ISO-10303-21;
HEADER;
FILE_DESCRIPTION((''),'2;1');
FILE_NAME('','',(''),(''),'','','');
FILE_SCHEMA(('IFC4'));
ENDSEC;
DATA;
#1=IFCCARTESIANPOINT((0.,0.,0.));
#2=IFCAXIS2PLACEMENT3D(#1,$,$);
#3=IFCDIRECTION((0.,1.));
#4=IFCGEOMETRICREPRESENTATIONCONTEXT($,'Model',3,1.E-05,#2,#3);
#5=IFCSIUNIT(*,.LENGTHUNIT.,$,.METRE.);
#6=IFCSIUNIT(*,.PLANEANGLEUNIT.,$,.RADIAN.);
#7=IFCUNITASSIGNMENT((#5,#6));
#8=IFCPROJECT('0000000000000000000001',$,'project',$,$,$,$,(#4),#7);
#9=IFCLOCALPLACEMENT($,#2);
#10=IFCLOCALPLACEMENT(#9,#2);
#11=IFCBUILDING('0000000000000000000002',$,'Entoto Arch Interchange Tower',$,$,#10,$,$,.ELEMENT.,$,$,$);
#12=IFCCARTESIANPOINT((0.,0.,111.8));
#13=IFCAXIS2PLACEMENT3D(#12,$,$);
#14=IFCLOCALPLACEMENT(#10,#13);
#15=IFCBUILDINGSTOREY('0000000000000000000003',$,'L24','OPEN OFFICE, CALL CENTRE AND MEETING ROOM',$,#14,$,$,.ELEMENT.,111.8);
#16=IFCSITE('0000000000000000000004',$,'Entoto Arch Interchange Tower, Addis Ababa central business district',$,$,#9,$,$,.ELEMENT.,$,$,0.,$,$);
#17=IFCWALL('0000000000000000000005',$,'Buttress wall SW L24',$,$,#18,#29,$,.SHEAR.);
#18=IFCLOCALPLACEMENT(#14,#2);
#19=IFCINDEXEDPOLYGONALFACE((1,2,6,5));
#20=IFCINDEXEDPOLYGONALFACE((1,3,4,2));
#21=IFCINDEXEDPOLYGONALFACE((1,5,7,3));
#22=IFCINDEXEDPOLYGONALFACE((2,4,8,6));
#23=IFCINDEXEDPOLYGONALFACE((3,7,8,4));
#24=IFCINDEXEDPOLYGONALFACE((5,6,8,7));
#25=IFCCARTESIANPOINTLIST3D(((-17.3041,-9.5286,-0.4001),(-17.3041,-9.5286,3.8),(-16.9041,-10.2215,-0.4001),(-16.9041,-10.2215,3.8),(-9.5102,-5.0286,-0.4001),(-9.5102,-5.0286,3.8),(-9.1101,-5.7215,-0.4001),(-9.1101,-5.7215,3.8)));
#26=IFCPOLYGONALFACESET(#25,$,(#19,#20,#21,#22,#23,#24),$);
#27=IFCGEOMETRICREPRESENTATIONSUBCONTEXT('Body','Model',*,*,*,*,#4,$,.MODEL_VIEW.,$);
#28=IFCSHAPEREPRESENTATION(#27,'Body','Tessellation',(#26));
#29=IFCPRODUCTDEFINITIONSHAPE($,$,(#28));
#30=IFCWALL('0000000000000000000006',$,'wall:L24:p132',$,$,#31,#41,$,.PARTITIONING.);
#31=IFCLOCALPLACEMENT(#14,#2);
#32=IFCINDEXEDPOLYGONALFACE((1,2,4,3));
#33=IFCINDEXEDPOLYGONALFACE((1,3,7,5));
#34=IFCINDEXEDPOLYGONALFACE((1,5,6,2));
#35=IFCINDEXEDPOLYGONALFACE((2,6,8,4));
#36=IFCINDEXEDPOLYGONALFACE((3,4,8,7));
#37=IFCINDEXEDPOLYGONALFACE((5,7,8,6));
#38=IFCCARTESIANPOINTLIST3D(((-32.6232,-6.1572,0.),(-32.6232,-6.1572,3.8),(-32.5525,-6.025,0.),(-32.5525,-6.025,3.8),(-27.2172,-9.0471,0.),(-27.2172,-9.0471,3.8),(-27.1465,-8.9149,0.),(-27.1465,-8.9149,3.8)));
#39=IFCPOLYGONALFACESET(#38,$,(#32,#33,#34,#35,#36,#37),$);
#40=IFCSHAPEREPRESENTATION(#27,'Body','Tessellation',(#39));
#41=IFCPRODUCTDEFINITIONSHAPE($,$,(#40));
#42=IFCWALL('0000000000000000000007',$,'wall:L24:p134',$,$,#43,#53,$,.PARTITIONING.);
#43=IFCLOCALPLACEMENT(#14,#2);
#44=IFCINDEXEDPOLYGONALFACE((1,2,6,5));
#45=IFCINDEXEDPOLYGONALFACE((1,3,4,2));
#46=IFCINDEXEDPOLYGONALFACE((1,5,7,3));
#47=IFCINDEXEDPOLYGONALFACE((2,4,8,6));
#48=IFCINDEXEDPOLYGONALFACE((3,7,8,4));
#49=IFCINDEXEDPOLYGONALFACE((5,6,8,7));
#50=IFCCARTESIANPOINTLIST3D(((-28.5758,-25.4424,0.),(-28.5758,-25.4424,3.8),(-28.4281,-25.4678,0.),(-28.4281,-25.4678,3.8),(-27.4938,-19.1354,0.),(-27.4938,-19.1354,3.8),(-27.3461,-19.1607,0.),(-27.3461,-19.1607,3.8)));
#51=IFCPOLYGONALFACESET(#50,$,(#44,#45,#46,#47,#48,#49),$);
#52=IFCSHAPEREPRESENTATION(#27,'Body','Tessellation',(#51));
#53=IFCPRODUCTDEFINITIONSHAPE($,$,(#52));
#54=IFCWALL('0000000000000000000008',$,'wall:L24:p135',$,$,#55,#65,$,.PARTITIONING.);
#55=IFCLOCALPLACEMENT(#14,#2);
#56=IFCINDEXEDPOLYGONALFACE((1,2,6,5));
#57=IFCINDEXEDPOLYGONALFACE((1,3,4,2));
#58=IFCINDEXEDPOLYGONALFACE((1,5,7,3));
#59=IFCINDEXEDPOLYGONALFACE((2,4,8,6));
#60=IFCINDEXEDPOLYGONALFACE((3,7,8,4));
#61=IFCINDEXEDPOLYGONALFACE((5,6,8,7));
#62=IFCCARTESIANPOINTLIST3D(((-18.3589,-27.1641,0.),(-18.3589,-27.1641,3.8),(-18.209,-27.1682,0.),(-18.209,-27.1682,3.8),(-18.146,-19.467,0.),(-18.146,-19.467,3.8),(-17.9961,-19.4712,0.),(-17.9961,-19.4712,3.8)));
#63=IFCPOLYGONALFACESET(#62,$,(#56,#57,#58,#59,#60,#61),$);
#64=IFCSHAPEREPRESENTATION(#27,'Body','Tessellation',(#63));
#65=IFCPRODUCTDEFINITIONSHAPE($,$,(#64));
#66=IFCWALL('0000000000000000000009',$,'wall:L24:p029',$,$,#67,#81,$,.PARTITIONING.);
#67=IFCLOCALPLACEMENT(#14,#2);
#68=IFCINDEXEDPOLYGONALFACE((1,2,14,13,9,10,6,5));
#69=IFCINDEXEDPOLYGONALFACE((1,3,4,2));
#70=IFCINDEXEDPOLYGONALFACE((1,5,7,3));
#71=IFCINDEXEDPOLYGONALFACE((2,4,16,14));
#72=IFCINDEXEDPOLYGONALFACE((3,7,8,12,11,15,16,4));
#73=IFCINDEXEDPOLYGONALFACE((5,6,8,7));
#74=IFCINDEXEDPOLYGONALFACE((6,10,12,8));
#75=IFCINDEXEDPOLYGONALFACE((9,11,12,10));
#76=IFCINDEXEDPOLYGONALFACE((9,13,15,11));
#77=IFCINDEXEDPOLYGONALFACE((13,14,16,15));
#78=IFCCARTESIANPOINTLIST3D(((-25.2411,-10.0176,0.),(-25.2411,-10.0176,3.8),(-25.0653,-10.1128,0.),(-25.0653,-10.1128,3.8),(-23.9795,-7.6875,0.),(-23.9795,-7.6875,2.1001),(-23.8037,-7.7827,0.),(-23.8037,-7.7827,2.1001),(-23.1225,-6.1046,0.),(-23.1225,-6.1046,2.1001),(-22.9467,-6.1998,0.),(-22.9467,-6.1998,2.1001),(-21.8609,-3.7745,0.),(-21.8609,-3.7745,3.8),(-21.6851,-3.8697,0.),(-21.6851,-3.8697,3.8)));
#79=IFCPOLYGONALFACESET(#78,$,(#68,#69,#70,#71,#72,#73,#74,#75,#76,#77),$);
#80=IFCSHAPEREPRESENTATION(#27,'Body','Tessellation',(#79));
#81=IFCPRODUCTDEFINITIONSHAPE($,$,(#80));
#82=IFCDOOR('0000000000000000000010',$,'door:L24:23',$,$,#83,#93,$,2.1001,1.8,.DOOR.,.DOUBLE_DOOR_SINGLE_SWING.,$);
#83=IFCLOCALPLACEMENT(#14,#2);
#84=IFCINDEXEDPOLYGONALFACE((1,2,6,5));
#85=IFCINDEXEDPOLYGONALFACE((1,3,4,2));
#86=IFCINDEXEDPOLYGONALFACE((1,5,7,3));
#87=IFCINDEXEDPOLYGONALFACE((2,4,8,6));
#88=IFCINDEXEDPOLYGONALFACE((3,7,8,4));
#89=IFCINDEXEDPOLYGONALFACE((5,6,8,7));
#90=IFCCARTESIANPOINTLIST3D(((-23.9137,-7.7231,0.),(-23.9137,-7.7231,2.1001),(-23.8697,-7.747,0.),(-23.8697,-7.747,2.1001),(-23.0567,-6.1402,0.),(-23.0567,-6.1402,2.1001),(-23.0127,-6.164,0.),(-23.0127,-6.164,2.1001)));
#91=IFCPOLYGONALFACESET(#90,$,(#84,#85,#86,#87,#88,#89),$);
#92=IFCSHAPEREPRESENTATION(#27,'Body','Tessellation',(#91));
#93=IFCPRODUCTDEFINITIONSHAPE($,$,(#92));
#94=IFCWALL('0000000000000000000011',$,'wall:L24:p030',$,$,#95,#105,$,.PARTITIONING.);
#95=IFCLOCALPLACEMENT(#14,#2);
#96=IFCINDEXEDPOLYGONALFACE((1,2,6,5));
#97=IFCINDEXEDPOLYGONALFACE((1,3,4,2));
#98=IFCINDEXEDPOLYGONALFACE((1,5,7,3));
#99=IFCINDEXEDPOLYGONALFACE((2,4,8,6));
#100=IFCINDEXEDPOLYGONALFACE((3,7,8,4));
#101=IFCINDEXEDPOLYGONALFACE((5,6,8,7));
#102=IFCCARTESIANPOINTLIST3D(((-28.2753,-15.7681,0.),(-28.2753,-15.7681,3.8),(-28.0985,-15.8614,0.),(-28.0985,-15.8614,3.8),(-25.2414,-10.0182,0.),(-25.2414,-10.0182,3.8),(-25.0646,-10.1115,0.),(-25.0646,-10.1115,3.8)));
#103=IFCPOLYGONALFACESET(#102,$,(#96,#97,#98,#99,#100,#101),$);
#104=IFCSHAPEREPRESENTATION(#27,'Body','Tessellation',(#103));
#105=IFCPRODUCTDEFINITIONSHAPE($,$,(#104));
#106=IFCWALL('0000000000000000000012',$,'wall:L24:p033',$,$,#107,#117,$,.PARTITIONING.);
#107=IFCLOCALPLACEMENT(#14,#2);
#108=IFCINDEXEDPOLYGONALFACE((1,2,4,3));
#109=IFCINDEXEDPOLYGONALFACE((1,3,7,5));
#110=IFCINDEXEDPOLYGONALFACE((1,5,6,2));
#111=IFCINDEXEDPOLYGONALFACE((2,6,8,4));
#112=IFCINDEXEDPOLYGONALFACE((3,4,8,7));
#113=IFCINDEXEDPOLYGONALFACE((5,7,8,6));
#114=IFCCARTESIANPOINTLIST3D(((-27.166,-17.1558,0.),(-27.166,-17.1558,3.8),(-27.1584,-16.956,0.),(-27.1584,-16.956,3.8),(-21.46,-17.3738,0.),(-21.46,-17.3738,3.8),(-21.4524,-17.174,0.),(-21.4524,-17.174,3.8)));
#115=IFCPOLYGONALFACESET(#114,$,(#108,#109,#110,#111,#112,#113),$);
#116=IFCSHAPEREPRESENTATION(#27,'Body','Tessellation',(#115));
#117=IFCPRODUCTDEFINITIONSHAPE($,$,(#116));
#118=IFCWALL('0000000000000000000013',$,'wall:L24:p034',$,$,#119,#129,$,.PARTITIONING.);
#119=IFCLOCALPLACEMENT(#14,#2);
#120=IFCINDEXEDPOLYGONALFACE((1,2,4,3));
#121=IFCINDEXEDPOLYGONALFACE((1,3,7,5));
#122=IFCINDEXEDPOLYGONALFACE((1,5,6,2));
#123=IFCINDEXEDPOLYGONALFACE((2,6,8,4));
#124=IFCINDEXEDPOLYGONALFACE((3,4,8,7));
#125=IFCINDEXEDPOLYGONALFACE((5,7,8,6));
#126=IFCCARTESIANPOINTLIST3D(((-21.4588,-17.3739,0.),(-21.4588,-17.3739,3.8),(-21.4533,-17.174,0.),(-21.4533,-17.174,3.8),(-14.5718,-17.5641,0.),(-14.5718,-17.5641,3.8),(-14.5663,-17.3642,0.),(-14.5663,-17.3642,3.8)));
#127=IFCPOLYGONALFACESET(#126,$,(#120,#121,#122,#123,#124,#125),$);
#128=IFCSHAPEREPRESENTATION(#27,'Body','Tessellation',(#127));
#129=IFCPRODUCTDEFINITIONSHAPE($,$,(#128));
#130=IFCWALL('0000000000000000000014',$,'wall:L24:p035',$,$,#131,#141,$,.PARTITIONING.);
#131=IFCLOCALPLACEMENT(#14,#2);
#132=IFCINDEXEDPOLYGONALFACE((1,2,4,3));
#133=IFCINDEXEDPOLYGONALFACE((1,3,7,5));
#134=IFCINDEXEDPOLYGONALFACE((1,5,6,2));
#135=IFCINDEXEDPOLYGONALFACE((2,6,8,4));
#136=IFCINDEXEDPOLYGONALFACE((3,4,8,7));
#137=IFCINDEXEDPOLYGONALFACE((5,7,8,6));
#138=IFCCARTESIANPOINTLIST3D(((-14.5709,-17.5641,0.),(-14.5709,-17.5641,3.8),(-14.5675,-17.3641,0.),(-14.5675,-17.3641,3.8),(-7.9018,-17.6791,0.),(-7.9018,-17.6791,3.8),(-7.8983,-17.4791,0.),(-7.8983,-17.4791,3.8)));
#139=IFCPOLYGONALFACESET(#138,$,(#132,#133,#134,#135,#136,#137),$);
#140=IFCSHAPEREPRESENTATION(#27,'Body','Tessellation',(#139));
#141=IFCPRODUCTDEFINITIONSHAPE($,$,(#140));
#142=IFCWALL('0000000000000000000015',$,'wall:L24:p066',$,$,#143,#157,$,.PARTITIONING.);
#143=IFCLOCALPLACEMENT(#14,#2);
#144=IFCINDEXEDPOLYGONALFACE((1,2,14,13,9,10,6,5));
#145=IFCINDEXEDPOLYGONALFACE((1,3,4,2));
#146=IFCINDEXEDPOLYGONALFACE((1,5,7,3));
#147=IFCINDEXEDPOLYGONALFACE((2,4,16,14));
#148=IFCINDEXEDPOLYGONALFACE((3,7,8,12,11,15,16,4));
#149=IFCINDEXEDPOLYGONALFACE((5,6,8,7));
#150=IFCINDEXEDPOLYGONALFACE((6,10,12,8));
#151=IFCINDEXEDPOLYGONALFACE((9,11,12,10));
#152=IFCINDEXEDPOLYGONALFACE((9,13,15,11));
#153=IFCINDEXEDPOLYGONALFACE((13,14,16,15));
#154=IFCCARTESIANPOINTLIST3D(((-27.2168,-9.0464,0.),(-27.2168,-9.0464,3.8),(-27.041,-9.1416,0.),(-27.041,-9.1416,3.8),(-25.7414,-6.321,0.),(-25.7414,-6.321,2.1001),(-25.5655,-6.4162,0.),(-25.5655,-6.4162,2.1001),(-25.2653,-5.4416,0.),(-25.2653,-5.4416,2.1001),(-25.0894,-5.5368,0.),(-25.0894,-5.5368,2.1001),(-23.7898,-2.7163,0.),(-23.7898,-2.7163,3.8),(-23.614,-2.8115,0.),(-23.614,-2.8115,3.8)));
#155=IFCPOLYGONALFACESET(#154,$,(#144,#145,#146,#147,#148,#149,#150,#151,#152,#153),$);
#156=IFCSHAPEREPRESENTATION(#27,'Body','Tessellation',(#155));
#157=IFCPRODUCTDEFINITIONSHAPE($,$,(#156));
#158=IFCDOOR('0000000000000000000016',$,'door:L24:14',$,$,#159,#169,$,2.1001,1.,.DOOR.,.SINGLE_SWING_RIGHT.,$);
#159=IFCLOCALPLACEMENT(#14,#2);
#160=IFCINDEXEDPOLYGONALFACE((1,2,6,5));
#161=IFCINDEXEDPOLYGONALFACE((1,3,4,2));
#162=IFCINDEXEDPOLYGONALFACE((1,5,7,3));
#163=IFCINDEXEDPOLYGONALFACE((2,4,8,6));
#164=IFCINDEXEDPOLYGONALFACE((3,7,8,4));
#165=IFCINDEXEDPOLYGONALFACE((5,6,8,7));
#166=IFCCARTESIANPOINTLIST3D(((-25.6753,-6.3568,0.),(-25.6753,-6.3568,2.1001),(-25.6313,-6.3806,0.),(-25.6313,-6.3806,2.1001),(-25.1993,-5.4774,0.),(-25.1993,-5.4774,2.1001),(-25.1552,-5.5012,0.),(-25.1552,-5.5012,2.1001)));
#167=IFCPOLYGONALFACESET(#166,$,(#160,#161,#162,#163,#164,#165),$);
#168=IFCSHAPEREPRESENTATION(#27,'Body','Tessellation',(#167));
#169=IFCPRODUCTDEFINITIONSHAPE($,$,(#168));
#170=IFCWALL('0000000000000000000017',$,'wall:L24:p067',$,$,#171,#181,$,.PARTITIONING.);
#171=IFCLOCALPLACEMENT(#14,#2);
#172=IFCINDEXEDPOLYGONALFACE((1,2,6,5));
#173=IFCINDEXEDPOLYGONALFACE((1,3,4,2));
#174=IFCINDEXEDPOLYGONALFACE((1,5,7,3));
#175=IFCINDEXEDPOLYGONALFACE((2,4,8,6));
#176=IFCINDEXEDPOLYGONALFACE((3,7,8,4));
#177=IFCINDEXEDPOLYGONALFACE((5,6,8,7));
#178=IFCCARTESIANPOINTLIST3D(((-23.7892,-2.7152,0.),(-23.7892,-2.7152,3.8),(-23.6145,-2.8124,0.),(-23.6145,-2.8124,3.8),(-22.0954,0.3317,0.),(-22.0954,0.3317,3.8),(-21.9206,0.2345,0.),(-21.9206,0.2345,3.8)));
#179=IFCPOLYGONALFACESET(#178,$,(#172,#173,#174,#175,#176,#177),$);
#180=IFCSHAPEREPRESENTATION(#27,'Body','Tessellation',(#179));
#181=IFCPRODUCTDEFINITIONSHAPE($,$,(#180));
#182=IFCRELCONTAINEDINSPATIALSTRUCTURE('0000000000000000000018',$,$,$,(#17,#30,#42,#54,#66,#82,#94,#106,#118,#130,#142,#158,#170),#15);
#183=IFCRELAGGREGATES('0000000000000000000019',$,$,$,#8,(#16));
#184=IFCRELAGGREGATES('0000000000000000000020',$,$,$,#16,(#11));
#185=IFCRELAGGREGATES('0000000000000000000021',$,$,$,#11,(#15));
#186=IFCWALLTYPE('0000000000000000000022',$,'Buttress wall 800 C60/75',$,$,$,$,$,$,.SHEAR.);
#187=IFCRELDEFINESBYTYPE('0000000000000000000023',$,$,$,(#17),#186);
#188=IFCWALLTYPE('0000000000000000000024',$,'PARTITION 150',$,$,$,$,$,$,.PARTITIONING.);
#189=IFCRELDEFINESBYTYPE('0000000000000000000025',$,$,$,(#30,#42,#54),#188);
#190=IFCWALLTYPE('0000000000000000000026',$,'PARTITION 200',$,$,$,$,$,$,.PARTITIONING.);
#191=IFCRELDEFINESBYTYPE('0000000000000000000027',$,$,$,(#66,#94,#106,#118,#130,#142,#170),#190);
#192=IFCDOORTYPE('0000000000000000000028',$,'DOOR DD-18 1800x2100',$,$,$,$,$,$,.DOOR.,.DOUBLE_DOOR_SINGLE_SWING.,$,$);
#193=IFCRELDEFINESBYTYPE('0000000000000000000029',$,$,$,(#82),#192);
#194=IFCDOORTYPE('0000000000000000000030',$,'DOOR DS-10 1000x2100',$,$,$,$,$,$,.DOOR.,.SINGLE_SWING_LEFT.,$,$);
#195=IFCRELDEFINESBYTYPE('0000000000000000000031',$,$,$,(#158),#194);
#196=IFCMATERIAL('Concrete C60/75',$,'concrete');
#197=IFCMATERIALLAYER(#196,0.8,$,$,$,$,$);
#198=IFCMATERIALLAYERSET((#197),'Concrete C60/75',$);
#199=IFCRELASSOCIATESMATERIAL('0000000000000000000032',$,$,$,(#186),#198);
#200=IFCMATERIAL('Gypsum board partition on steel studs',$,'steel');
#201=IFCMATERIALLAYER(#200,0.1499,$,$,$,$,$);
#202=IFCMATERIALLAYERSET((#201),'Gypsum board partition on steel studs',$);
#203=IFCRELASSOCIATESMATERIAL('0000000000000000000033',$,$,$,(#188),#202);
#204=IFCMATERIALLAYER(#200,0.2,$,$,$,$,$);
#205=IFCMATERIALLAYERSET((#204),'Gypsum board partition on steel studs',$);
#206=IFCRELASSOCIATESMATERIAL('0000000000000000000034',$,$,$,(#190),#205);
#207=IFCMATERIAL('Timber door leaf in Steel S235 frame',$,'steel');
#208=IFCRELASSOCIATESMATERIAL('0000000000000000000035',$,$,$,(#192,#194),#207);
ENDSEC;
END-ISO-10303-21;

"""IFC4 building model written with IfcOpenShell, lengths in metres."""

from ifc_helpers import new_model, si_unit, direction, frame, frame_2d, origin, place, context, subcontext, project, spatial, rectangle, extrude, material, layer, layer_set, type_object, element, fill, save


model = new_model("IFC4")

# Units and contexts
model_context = context("Model", 3, precision=1e-05, world=origin(), true_north=direction((0.0, 1.0)))
body_context = subcontext(model_context, "Body", "Model", "MODEL_VIEW")
ifc_project = project(units=[si_unit("LENGTHUNIT", "METRE"), si_unit("PLANEANGLEUNIT", "RADIAN")], contexts=[model_context])

# Site, building, storey
site_placement = place(None, origin())
site = spatial("IfcSite", under=ifc_project, at=site_placement, Name="Entoto Arch Interchange Tower, Addis Ababa central business district", CompositionType="ELEMENT", RefElevation=0.0)
building_placement = place(site_placement, origin())
building = spatial("IfcBuilding", under=site, at=building_placement, Name="Entoto Arch Interchange Tower", CompositionType="ELEMENT")
storey_placement = place(building_placement, frame((0.0, 0.0, 111.8)))
storey = spatial("IfcBuildingStorey", under=building, at=storey_placement, Name="L24", Description="OPEN OFFICE, CALL CENTRE AND MEETING ROOM", CompositionType="ELEMENT", Elevation=111.8)

# Walls
ifc_material_1 = material(Name="Concrete C60/75", Category="concrete")
ifc_layer_1 = layer(ifc_material_1, 0.8)
ifc_layer_set_1 = layer_set([ifc_layer_1], Name="Concrete C60/75")
wall_type_1 = type_object("IfcWallType", Name="Buttress wall 800 C60/75", PredefinedType="SHEAR", material=ifc_layer_set_1)
wall_1_placement = place(storey_placement, frame((-9.3101, -5.375, -0.4001), z_axis=(0.0, 0.0, 1.0), x_axis=(-0.866018, -0.500014, 0.0)))
element("IfcWall", 1, at=wall_1_placement, inside=storey, type_object=wall_type_1, Name="Buttress wall SW L24", PredefinedType="SHEAR", context=body_context, shape_type="SweptSolid", body=[
    extrude(rectangle(XDim=8.9998, YDim=0.8, at=frame_2d((4.5, 0.0))), origin(), (0.0, 0.0, 1.0), 4.2002),
])
ifc_material_2 = material(Name="Gypsum board partition on steel studs", Category="steel")
ifc_layer_2 = layer(ifc_material_2, 0.1499)
ifc_layer_set_2 = layer_set([ifc_layer_2], Name="Gypsum board partition on steel studs")
wall_type_2 = type_object("IfcWallType", Name="PARTITION 150", PredefinedType="PARTITIONING", material=ifc_layer_set_2)
wall_2_placement = place(storey_placement, frame((-27.1819, -8.981, 0.0), z_axis=(0.0, 0.0, 1.0), x_axis=(-0.881899, 0.471438, 0.0)))
element("IfcWall", 2, at=wall_2_placement, inside=storey, type_object=wall_type_2, Name="wall:L24:p132", PredefinedType="PARTITIONING", context=body_context, shape_type="SweptSolid", body=[
    extrude(rectangle(XDim=6.1299, YDim=0.1499, at=frame_2d((3.0649, 0.0))), origin(), (0.0, 0.0, 1.0), 3.8),
])
wall_3_placement = place(storey_placement, frame((-27.4199, -19.1479, 0.0), z_axis=(0.0, 0.0, 1.0), x_axis=(-0.169087, -0.985601, 0.0)))
element("IfcWall", 3, at=wall_3_placement, inside=storey, type_object=wall_type_2, Name="wall:L24:p134", PredefinedType="PARTITIONING", context=body_context, shape_type="SweptSolid", body=[
    extrude(rectangle(XDim=6.3992, YDim=0.1499, at=frame_2d((3.1997, 0.0))), origin(), (0.0, 0.0, 1.0), 3.8),
])
wall_4_placement = place(storey_placement, frame((-18.071, -19.469, 0.0), z_axis=(0.0, 0.0, 1.0), x_axis=(-0.027648, -0.999618, 0.0)))
element("IfcWall", 4, at=wall_4_placement, inside=storey, type_object=wall_type_2, Name="wall:L24:p135", PredefinedType="PARTITIONING", context=body_context, shape_type="SweptSolid", body=[
    extrude(rectangle(XDim=7.7, YDim=0.1499, at=frame_2d((3.8501, 0.0))), origin(), (0.0, 0.0, 1.0), 3.8),
])

# Wall, opening, door
ifc_layer_3 = layer(ifc_material_2, 0.2)
ifc_layer_set_3 = layer_set([ifc_layer_3], Name="Gypsum board partition on steel studs")
wall_type_3 = type_object("IfcWallType", Name="PARTITION 200", PredefinedType="PARTITIONING", material=ifc_layer_set_3)
wall_5_placement = place(storey_placement, frame((-21.7729, -3.822, 0.0), z_axis=(0.0, 0.0, 1.0), x_axis=(-0.476125, -0.879378, 0.0)))
wall_5 = element("IfcWall", 5, at=wall_5_placement, inside=storey, type_object=wall_type_3, Name="wall:L24:p029", PredefinedType="PARTITIONING", context=body_context, shape_type="SweptSolid", body=[
    extrude(rectangle(XDim=7.0994, YDim=0.2, at=frame_2d((3.5498, 0.0))), origin(), (0.0, 0.0, 1.0), 3.8),
])
opening_1_placement = place(wall_5_placement, frame((2.6499, 0.0, 0.0)))
opening_1 = element("IfcOpeningElement", 6, at=opening_1_placement, cuts=wall_5, PredefinedType="OPENING", context=body_context, shape_type="SweptSolid", body=[
    extrude(rectangle(XDim=1.8, YDim=2.1001, at=frame_2d((0.8999, 1.05))), frame((0.0, 0.1099, 0.0), z_axis=(0.0, -1.0, 0.0), x_axis=(1.0, 0.0, 0.0)), (0.0, 0.0, 1.0), 0.22),
])
ifc_material_3 = material(Name="Timber door leaf in Steel S235 frame", Category="steel")
door_type_1 = type_object("IfcDoorType", Name="DOOR DD-18 1800x2100", OperationType="DOUBLE_DOOR_SINGLE_SWING", PredefinedType="DOOR", material=ifc_material_3)
door_1_placement = place(opening_1_placement, origin())
door_1 = element("IfcDoor", 7, at=door_1_placement, inside=storey, type_object=door_type_1, Name="door:L24:23", OperationType="DOUBLE_DOOR_SINGLE_SWING", OverallHeight=2.1001, OverallWidth=1.8, PredefinedType="DOOR", context=body_context, shape_type="SweptSolid", body=[
    extrude(rectangle(XDim=1.8, YDim=2.1001, at=frame_2d((0.8999, 1.05))), frame((0.0, 0.0249, 0.0), z_axis=(0.0, -1.0, 0.0), x_axis=(1.0, 0.0, 0.0)), (0.0, 0.0, 1.0), 0.05),
])
fill(opening_1, door_1)

# Walls
wall_6_placement = place(storey_placement, frame((-25.1531, -10.0649, 0.0), z_axis=(0.0, 0.0, 1.0), x_axis=(-0.466664, -0.884435, 0.0)))
element("IfcWall", 8, at=wall_6_placement, inside=storey, type_object=wall_type_3, Name="wall:L24:p030", PredefinedType="PARTITIONING", context=body_context, shape_type="SweptSolid", body=[
    extrude(rectangle(XDim=6.5012, YDim=0.2, at=frame_2d((3.2505, 0.0))), origin(), (0.0, 0.0, 1.0), 3.8),
])
wall_7_placement = place(storey_placement, frame((-27.1621, -17.0559, 0.0), z_axis=(0.0, 0.0, 1.0), x_axis=(0.999271, -0.03818, 0.0)))
element("IfcWall", 9, at=wall_7_placement, inside=storey, type_object=wall_type_3, Name="wall:L24:p033", PredefinedType="PARTITIONING", context=body_context, shape_type="SweptSolid", body=[
    extrude(rectangle(XDim=5.7102, YDim=0.2, at=frame_2d((2.855, 0.0))), origin(), (0.0, 0.0, 1.0), 3.8),
])
wall_8_placement = place(storey_placement, frame((-21.4561, -17.2739, 0.0), z_axis=(0.0, 0.0, 1.0), x_axis=(0.999619, -0.027605, 0.0)))
element("IfcWall", 10, at=wall_8_placement, inside=storey, type_object=wall_type_3, Name="wall:L24:p034", PredefinedType="PARTITIONING", context=body_context, shape_type="SweptSolid", body=[
    extrude(rectangle(XDim=6.8896, YDim=0.2, at=frame_2d((3.4448, 0.0))), origin(), (0.0, 0.0, 1.0), 3.8),
])
wall_9_placement = place(storey_placement, frame((-14.5691, -17.4641, 0.0), z_axis=(0.0, 0.0, 1.0), x_axis=(0.999851, -0.017239, 0.0)))
element("IfcWall", 11, at=wall_9_placement, inside=storey, type_object=wall_type_3, Name="wall:L24:p035", PredefinedType="PARTITIONING", context=body_context, shape_type="SweptSolid", body=[
    extrude(rectangle(XDim=6.6702, YDim=0.2, at=frame_2d((3.335, 0.0))), origin(), (0.0, 0.0, 1.0), 3.8),
])

# Wall, opening, door
wall_10_placement = place(storey_placement, frame((-27.1289, -9.094, 0.0), z_axis=(0.0, 0.0, 1.0), x_axis=(0.476091, 0.879396, 0.0)))
wall_10 = element("IfcWall", 12, at=wall_10_placement, inside=storey, type_object=wall_type_3, Name="wall:L24:p066", PredefinedType="PARTITIONING", context=body_context, shape_type="SweptSolid", body=[
    extrude(rectangle(XDim=7.1982, YDim=0.2, at=frame_2d((3.5991, 0.0))), origin(), (0.0, 0.0, 1.0), 3.8),
])
opening_2_placement = place(wall_10_placement, frame((3.0991, 0.0, 0.0)))
opening_2 = element("IfcOpeningElement", 13, at=opening_2_placement, cuts=wall_10, PredefinedType="OPENING", context=body_context, shape_type="SweptSolid", body=[
    extrude(rectangle(XDim=1.0, YDim=2.1001, at=frame_2d((0.5, 1.05))), frame((0.0, 0.1099, 0.0), z_axis=(0.0, -1.0, 0.0), x_axis=(1.0, 0.0, 0.0)), (0.0, 0.0, 1.0), 0.22),
])
door_type_2 = type_object("IfcDoorType", Name="DOOR DS-10 1000x2100", OperationType="SINGLE_SWING_LEFT", PredefinedType="DOOR", material=ifc_material_3)
door_2_placement = place(opening_2_placement, origin())
door_2 = element("IfcDoor", 14, at=door_2_placement, inside=storey, type_object=door_type_2, Name="door:L24:14", OperationType="SINGLE_SWING_RIGHT", OverallHeight=2.1001, OverallWidth=1.0, PredefinedType="DOOR", context=body_context, shape_type="SweptSolid", body=[
    extrude(rectangle(XDim=1.0, YDim=2.1001, at=frame_2d((0.5, 1.05))), frame((0.0, 0.0249, 0.0), z_axis=(0.0, -1.0, 0.0), x_axis=(1.0, 0.0, 0.0)), (0.0, 0.0, 1.0), 0.05),
])
fill(opening_2, door_2)

# Wall
wall_11_placement = place(storey_placement, frame((-23.7019, -2.7639, 0.0), z_axis=(0.0, 0.0, 1.0), x_axis=(0.485893, 0.874018, 0.0)))
element("IfcWall", 15, at=wall_11_placement, inside=storey, type_object=wall_type_3, Name="wall:L24:p067", PredefinedType="PARTITIONING", context=body_context, shape_type="SweptSolid", body=[
    extrude(rectangle(XDim=3.4861, YDim=0.2, at=frame_2d((1.7432, 0.0))), origin(), (0.0, 0.0, 1.0), 3.8),
])

save(model, "model.ifc")
